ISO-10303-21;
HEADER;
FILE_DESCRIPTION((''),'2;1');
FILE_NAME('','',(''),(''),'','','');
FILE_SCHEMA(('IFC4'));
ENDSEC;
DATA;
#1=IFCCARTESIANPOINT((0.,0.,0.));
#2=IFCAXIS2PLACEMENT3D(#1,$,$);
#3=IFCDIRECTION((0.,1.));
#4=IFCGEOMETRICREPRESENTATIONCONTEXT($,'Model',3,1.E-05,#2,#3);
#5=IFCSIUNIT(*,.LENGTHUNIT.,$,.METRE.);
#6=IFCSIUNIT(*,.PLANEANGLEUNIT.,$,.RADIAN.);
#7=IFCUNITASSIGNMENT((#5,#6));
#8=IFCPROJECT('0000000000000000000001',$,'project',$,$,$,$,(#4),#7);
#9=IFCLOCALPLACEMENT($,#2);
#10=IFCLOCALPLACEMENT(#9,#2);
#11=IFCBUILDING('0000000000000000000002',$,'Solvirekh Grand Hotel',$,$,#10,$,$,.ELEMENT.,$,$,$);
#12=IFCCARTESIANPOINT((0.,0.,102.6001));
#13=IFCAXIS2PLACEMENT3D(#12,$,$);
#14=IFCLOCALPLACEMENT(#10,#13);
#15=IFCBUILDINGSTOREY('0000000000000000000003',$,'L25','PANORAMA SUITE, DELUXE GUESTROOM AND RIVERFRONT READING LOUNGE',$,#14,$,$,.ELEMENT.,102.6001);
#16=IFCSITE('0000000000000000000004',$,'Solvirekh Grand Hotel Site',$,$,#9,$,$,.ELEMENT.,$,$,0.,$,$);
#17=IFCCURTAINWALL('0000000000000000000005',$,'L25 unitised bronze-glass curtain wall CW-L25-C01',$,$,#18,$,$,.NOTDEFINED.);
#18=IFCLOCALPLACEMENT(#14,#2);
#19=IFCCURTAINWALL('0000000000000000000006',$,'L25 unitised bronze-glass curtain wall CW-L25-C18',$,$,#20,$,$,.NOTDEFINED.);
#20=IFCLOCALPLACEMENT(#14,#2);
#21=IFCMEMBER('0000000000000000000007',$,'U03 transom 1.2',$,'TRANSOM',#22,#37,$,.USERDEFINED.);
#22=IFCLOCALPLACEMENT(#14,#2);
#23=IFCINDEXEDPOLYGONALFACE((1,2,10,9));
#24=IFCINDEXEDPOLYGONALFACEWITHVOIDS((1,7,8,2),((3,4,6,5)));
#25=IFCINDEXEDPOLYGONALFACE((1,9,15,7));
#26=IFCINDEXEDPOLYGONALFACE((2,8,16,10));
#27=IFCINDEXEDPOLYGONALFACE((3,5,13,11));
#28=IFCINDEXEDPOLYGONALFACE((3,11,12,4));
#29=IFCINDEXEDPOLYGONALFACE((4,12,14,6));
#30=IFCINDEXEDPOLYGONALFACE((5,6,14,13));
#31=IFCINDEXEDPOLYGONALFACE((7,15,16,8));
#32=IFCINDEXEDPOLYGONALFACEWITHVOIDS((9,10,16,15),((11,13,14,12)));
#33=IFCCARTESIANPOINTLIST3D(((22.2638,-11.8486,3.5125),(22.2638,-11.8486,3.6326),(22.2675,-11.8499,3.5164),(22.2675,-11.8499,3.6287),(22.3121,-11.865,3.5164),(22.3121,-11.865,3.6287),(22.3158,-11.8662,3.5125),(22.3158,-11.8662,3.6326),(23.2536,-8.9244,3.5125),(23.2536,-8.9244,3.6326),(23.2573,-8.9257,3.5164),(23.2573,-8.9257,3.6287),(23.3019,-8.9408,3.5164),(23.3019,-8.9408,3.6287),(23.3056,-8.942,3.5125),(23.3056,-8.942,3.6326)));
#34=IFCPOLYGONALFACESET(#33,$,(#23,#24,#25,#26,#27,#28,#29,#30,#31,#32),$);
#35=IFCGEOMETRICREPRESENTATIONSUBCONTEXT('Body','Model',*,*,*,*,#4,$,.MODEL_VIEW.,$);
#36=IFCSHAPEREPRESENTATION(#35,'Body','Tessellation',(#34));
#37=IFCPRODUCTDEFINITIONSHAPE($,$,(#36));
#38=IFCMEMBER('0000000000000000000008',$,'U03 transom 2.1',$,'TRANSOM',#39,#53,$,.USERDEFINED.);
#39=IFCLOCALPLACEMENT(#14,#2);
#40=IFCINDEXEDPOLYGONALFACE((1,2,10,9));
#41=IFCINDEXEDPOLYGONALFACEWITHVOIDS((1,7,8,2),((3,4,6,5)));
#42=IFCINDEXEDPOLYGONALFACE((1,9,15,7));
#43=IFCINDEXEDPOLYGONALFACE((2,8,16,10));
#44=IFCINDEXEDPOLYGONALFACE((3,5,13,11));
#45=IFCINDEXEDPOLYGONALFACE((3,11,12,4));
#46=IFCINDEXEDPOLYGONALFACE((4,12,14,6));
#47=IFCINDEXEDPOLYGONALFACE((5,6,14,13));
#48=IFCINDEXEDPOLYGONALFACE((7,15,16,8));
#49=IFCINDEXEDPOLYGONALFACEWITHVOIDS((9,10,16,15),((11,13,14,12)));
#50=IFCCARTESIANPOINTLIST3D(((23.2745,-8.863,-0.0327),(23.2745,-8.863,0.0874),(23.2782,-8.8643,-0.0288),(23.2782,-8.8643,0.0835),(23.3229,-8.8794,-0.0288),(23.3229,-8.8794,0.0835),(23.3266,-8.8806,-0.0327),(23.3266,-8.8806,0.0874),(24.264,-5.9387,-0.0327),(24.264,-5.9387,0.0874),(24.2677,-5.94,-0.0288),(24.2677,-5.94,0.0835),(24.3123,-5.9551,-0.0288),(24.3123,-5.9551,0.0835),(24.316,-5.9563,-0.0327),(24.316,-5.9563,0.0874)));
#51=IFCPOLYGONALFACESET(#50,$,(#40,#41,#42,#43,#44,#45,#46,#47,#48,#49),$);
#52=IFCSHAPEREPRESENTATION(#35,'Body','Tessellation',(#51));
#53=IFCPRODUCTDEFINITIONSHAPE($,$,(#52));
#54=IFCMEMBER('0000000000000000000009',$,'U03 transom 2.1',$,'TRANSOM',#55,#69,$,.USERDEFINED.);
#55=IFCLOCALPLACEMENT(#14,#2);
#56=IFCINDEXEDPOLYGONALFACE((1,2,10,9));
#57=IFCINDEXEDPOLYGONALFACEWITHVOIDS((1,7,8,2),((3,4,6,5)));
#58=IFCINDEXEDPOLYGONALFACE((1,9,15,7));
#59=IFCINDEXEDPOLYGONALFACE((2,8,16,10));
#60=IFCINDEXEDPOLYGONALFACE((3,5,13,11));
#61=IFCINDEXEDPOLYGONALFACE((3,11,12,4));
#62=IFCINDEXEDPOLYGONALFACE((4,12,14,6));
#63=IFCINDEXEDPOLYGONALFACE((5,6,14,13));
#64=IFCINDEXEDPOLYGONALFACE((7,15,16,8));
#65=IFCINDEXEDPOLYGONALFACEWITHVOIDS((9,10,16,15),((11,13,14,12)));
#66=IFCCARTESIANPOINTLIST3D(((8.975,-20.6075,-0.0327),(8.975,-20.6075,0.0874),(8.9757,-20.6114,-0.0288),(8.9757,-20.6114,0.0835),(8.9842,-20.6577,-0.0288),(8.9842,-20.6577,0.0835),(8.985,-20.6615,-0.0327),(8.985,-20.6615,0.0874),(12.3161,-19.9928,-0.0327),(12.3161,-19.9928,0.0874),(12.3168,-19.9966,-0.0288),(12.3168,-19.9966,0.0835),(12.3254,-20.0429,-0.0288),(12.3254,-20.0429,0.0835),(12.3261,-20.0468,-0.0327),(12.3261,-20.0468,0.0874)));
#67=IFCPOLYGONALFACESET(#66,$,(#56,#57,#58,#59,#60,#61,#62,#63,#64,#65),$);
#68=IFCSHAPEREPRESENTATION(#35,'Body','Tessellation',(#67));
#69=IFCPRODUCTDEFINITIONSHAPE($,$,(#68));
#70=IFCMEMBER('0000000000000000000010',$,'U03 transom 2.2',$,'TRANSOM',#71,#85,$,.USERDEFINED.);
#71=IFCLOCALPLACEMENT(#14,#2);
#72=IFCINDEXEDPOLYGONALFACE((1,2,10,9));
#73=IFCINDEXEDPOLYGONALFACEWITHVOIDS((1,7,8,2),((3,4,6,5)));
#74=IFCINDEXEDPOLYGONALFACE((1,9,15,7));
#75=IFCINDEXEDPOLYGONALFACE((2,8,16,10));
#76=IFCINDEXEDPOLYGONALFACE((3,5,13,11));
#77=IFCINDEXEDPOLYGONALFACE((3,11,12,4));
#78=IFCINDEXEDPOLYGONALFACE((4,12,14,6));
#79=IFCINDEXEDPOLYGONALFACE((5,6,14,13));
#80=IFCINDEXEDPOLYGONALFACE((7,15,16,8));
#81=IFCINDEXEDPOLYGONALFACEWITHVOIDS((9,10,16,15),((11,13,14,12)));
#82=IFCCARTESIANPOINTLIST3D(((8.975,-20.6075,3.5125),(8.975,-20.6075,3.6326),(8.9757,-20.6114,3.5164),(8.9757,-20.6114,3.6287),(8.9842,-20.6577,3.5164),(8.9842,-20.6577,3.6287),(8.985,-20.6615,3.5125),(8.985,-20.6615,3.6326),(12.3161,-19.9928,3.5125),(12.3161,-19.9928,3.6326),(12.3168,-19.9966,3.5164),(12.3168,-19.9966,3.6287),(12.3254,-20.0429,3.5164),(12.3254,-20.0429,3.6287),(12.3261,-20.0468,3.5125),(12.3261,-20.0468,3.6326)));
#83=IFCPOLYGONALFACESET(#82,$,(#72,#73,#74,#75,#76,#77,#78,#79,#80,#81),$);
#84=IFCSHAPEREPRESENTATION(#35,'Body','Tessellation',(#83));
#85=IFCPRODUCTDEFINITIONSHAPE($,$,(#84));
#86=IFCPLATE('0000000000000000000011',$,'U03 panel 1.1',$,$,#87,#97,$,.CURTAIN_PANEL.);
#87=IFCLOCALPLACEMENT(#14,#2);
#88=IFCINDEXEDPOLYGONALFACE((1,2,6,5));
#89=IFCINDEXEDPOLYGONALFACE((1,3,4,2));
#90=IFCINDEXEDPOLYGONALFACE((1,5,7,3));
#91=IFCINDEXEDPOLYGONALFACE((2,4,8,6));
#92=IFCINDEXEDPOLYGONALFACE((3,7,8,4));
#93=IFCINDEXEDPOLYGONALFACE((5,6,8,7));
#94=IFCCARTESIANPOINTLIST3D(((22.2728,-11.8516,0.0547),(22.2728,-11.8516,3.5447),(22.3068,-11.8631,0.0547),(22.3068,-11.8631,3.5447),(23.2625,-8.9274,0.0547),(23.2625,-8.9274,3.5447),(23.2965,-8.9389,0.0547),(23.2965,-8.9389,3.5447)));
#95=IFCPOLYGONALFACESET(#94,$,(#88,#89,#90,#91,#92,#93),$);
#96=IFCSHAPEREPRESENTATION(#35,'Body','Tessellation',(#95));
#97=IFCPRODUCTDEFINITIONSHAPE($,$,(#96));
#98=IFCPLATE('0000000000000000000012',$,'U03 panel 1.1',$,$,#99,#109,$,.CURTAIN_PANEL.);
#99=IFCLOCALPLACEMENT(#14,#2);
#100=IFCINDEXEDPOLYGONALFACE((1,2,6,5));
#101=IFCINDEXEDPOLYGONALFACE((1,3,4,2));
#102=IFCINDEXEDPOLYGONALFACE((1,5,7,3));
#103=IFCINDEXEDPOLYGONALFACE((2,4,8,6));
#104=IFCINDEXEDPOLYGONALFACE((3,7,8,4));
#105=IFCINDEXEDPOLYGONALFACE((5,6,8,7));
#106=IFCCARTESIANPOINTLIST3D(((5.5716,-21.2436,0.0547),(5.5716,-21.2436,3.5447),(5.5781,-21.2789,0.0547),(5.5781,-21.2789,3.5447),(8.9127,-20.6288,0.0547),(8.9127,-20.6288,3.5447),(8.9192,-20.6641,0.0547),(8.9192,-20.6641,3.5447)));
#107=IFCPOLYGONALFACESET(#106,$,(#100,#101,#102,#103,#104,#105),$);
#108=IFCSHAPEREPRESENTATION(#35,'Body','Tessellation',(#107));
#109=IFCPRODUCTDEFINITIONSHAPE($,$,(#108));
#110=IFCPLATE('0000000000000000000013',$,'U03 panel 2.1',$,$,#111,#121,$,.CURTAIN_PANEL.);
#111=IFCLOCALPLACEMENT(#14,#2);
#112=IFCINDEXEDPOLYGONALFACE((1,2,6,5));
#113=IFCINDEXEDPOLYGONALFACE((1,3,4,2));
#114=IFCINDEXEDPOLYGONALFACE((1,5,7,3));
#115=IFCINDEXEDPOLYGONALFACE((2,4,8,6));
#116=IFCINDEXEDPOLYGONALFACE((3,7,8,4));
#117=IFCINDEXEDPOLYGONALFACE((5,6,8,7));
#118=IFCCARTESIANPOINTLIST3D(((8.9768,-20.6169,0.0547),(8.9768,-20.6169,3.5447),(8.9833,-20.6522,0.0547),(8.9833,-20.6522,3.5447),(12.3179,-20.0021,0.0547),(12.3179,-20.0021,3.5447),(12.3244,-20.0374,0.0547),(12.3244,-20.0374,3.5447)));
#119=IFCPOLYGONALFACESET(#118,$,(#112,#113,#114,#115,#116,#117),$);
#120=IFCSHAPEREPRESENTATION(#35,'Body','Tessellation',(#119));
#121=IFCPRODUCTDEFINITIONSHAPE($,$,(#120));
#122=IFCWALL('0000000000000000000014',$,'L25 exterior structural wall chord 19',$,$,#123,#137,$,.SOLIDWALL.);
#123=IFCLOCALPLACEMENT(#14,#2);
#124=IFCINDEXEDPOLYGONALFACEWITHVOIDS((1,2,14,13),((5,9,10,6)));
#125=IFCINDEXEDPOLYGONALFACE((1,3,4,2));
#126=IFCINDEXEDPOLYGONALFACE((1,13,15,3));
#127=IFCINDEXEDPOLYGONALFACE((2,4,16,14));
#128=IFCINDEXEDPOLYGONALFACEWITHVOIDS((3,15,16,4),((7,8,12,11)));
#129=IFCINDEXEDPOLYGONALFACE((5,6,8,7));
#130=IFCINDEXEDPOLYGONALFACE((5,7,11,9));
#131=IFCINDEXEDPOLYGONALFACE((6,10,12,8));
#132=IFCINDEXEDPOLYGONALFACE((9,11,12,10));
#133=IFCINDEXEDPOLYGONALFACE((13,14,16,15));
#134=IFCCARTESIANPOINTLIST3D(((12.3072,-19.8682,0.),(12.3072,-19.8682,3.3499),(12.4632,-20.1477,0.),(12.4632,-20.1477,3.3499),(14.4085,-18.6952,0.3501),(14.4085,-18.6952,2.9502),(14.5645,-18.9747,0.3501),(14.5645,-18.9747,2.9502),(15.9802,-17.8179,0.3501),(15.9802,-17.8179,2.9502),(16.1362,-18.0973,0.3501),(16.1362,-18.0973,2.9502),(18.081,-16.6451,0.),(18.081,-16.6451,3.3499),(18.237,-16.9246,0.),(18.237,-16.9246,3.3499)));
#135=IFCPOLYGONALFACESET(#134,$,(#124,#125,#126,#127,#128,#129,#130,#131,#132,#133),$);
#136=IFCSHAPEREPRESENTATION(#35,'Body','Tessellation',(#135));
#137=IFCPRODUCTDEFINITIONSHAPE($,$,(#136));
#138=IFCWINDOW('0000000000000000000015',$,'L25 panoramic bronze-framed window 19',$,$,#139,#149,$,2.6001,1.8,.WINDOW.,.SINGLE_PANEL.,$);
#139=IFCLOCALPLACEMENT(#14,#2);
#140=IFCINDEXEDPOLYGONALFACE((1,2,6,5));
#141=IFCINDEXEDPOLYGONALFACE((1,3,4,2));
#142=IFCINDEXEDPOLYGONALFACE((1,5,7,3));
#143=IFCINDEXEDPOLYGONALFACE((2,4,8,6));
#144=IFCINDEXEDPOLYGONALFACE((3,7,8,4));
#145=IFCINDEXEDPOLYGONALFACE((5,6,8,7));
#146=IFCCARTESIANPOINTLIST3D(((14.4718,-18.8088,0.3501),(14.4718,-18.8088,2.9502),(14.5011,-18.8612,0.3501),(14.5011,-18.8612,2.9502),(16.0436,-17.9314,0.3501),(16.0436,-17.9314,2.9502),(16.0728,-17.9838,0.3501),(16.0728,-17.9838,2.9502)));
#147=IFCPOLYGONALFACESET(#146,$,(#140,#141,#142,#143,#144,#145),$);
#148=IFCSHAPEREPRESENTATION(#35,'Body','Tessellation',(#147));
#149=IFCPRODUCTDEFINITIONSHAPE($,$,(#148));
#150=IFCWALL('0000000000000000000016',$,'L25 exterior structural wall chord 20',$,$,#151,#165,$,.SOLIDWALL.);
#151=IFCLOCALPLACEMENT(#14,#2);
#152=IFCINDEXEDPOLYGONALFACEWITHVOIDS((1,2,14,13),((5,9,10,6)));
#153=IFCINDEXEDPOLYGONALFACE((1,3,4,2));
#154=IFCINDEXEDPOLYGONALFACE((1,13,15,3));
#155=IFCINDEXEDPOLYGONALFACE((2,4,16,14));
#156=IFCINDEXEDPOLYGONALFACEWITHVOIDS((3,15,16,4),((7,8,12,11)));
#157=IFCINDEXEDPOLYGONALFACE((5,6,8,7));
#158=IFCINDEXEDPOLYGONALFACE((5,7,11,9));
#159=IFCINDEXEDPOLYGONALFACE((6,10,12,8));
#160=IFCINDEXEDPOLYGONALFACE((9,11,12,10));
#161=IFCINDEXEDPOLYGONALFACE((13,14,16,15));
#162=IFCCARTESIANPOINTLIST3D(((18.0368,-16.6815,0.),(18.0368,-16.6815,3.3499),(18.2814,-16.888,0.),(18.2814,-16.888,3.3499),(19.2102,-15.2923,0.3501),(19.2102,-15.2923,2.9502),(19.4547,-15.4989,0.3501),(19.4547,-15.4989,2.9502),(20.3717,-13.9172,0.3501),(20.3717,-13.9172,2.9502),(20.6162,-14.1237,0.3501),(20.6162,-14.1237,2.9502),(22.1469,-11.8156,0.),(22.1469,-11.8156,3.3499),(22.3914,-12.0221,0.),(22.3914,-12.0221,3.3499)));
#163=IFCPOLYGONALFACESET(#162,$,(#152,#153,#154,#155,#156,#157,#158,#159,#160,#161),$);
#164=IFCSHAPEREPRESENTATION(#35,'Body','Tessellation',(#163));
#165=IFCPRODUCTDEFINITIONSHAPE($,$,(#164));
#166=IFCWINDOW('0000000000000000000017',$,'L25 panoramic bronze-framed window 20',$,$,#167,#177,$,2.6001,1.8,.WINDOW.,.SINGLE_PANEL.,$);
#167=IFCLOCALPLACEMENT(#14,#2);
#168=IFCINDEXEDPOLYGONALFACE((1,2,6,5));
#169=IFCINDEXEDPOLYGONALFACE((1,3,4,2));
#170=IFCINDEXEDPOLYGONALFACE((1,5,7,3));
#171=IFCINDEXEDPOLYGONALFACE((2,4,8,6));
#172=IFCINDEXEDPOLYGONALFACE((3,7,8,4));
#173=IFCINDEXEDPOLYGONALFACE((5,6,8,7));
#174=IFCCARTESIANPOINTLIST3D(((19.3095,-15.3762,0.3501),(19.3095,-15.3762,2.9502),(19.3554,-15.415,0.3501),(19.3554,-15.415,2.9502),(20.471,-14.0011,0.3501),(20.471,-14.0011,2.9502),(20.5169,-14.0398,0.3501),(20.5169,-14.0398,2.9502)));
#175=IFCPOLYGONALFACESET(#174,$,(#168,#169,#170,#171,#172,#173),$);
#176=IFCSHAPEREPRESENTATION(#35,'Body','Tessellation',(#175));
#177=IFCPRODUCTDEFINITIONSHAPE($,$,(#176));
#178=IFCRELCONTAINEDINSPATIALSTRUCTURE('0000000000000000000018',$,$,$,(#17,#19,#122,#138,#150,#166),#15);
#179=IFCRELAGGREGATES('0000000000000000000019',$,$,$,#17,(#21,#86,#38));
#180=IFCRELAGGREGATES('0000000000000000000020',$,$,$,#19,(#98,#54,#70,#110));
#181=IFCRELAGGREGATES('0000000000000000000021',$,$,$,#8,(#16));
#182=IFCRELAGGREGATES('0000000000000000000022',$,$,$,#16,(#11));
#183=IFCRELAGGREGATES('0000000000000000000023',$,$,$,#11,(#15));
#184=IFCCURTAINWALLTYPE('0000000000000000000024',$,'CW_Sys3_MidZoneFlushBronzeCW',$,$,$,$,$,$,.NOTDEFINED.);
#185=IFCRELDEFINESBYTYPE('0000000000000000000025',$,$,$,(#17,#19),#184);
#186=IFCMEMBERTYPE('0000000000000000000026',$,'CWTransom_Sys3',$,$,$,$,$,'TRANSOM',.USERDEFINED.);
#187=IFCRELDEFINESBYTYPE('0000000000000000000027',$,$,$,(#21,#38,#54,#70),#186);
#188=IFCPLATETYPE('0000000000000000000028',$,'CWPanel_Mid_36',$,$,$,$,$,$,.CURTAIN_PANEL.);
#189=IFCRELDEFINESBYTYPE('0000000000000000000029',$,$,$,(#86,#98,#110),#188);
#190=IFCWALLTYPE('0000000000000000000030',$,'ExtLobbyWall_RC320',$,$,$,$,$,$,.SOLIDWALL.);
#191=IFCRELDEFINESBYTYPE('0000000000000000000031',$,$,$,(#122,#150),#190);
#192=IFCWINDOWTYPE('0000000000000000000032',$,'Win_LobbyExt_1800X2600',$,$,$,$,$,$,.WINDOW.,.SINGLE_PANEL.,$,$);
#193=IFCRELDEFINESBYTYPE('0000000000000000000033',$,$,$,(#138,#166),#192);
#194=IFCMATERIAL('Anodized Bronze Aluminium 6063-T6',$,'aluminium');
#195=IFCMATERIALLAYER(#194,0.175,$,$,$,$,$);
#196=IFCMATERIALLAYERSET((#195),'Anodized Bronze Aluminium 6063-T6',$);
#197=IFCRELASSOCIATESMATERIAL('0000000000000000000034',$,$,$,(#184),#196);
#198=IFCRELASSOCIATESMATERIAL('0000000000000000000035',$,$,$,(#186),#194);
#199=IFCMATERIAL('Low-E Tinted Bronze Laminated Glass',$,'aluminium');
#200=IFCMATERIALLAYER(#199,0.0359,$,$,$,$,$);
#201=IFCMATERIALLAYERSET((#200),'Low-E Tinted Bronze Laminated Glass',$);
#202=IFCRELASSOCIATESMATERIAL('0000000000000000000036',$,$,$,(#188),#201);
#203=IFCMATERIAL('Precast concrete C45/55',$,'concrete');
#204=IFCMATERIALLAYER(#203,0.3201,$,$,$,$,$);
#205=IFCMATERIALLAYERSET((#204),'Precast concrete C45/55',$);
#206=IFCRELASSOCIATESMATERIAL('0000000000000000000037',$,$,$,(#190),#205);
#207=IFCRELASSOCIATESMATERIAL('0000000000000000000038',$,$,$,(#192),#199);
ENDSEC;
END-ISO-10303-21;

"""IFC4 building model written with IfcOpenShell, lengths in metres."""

from ifc_helpers import new_model, si_unit, direction, frame, frame_2d, origin, origin_2d, place, context, subcontext, project, spatial, rectangle, hollow_rectangle, extrude, source, transform, mapped, material, layer, layer_set, material_profile, profile_set, type_object, element, fill, aggregate, save


model = new_model("IFC4")

# Units and contexts
model_context = context("Model", 3, precision=1e-05, world=origin(), true_north=direction((0.0, 1.0)))
body_context = subcontext(model_context, "Body", "Model", "MODEL_VIEW")
ifc_project = project(units=[si_unit("LENGTHUNIT", "METRE"), si_unit("PLANEANGLEUNIT", "RADIAN")], contexts=[model_context])

# Site, building, storey
site_placement = place(None, origin())
site = spatial("IfcSite", under=ifc_project, at=site_placement, Name="Solvirekh Grand Hotel Site", CompositionType="ELEMENT", RefElevation=0.0)
building_placement = place(site_placement, origin())
building = spatial("IfcBuilding", under=site, at=building_placement, Name="Solvirekh Grand Hotel", CompositionType="ELEMENT")
storey_placement = place(building_placement, frame((0.0, 0.0, 102.6001)))
storey = spatial("IfcBuildingStorey", under=building, at=storey_placement, Name="L25", Description="PANORAMA SUITE, DELUXE GUESTROOM AND RIVERFRONT READING LOUNGE", CompositionType="ELEMENT", Elevation=102.6001)

# Curtain walls
ifc_material_1 = material(Name="Anodized Bronze Aluminium 6063-T6", Category="aluminium")
ifc_layer_1 = layer(ifc_material_1, 0.175)
ifc_layer_set_1 = layer_set([ifc_layer_1], Name="Anodized Bronze Aluminium 6063-T6")
curtain_wall_type = type_object("IfcCurtainWallType", Name="CW_Sys3_MidZoneFlushBronzeCW", PredefinedType="NOTDEFINED", material=ifc_layer_set_1)
curtain_wall_1_placement = place(storey_placement, origin())
curtain_wall_1 = element("IfcCurtainWall", 1, at=curtain_wall_1_placement, inside=storey, type_object=curtain_wall_type, Name="L25 unitised bronze-glass curtain wall CW-L25-C01", PredefinedType="NOTDEFINED")
curtain_wall_2_placement = place(storey_placement, origin())
curtain_wall_2 = element("IfcCurtainWall", 2, at=curtain_wall_2_placement, inside=storey, type_object=curtain_wall_type, Name="L25 unitised bronze-glass curtain wall CW-L25-C18", PredefinedType="NOTDEFINED")

# Members
ifc_material_profile_1 = material_profile(ifc_material_1, hollow_rectangle(XDim=0.0549, YDim=0.1201, WallThickness=0.0039, at=origin_2d()), Name="ALU RHS 120X55X4")
ifc_profile_set_1 = profile_set([ifc_material_profile_1], Name="Anodized Bronze Aluminium 6063-T6")
member_type_1 = type_object("IfcMemberType", Name="CWTransom_Sys3", ElementType="TRANSOM", PredefinedType="USERDEFINED", material=ifc_profile_set_1)
shared_shape_1 = source(origin(), body_context, "Body", "SweptSolid", [
    extrude(hollow_rectangle(XDim=0.0549, YDim=0.1201, WallThickness=0.0039, at=origin_2d()), origin(), (0.0, 0.0, 1.0), 3.0872),
])
member_1_placement = place(storey_placement, frame((22.2898, -11.8574, 3.5725), z_axis=(0.320614, 0.94721, 0.0), x_axis=(-0.94721, 0.320614, 0.0)))
member_1 = element("IfcMember", 3, at=member_1_placement, type_object=member_type_1, Name="U03 transom 1.2", ObjectType="TRANSOM", PredefinedType="USERDEFINED", context=body_context, shape_type="MappedRepresentation", body=[
    mapped(shared_shape_1, transform((0.0, 0.0, 0.0), x_axis=(1.0, 0.0, 0.0), y_axis=(0.0, 1.0, 0.0), z_axis=(0.0, 0.0, 1.0), scale=1.0)),
])
member_2_placement = place(storey_placement, frame((23.3005, -8.8718, 0.0273), z_axis=(0.320519, 0.947242, 0.0), x_axis=(-0.947242, 0.320519, 0.0)))
member_2 = element("IfcMember", 4, at=member_2_placement, type_object=member_type_1, Name="U03 transom 2.1", ObjectType="TRANSOM", PredefinedType="USERDEFINED", context=body_context, shape_type="MappedRepresentation", body=[
    mapped(shared_shape_1, transform((0.0, 0.0, 0.0), x_axis=(1.0, 0.0, 0.0), y_axis=(0.0, 1.0, 0.0), z_axis=(0.0, 0.0, 1.0), scale=1.0)),
])
shared_shape_2 = source(origin(), body_context, "Body", "SweptSolid", [
    extrude(hollow_rectangle(XDim=0.0549, YDim=0.1201, WallThickness=0.0039, at=origin_2d()), origin(), (0.0, 0.0, 1.0), 3.3972),
])
member_3_placement = place(storey_placement, frame((8.98, -20.6345, 0.0273), z_axis=(0.983491, 0.180959, 0.0), x_axis=(-0.180959, 0.983491, 0.0)))
member_3 = element("IfcMember", 5, at=member_3_placement, type_object=member_type_1, Name="U03 transom 2.1", ObjectType="TRANSOM", PredefinedType="USERDEFINED", context=body_context, shape_type="MappedRepresentation", body=[
    mapped(shared_shape_2, transform((0.0, 0.0, 0.0), x_axis=(1.0, 0.0, 0.0), y_axis=(0.0, 1.0, 0.0), z_axis=(0.0, 0.0, 1.0), scale=1.0)),
])
member_4_placement = place(storey_placement, frame((8.98, -20.6345, 3.5725), z_axis=(0.983491, 0.180959, 0.0), x_axis=(-0.180959, 0.983491, 0.0)))
member_4 = element("IfcMember", 6, at=member_4_placement, type_object=member_type_1, Name="U03 transom 2.2", ObjectType="TRANSOM", PredefinedType="USERDEFINED", context=body_context, shape_type="MappedRepresentation", body=[
    mapped(shared_shape_2, transform((0.0, 0.0, 0.0), x_axis=(1.0, 0.0, 0.0), y_axis=(0.0, 1.0, 0.0), z_axis=(0.0, 0.0, 1.0), scale=1.0)),
])

# Plates
ifc_material_2 = material(Name="Low-E Tinted Bronze Laminated Glass", Category="aluminium")
ifc_layer_2 = layer(ifc_material_2, 0.0359)
ifc_layer_set_2 = layer_set([ifc_layer_2], Name="Low-E Tinted Bronze Laminated Glass")
plate_type = type_object("IfcPlateType", Name="CWPanel_Mid_36", PredefinedType="CURTAIN_PANEL", material=ifc_layer_set_2)
shared_shape_3 = source(origin(), body_context, "Body", "SweptSolid", [
    extrude(rectangle(XDim=3.0872, YDim=0.0359, at=origin_2d()), origin(), (0.0, 0.0, 1.0), 3.49),
])
plate_1_placement = place(storey_placement, frame((22.7847, -10.3953, 0.0547), z_axis=(0.0, 0.0, 1.0), x_axis=(0.320605, 0.947213, 0.0)))
plate_1 = element("IfcPlate", 7, at=plate_1_placement, type_object=plate_type, Name="U03 panel 1.1", PredefinedType="CURTAIN_PANEL", context=body_context, shape_type="MappedRepresentation", body=[
    mapped(shared_shape_3, transform((0.0, 0.0, 0.0), x_axis=(1.0, 0.0, 0.0), y_axis=(0.0, 1.0, 0.0), z_axis=(0.0, 0.0, 1.0), scale=1.0)),
])
aggregate(curtain_wall_1, [member_1, plate_1, member_2])
shared_shape_4 = source(origin(), body_context, "Body", "SweptSolid", [
    extrude(rectangle(XDim=3.3972, YDim=0.0359, at=origin_2d()), origin(), (0.0, 0.0, 1.0), 3.49),
])
plate_2_placement = place(storey_placement, frame((7.2454, -20.9539, 0.0547), z_axis=(0.0, 0.0, 1.0), x_axis=(0.983485, 0.180988, 0.0)))
plate_2 = element("IfcPlate", 8, at=plate_2_placement, type_object=plate_type, Name="U03 panel 1.1", PredefinedType="CURTAIN_PANEL", context=body_context, shape_type="MappedRepresentation", body=[
    mapped(shared_shape_4, transform((0.0, 0.0, 0.0), x_axis=(1.0, 0.0, 0.0), y_axis=(0.0, 1.0, 0.0), z_axis=(0.0, 0.0, 1.0), scale=1.0)),
])
plate_3_placement = place(storey_placement, frame((10.6506, -20.3271, 0.0547), z_axis=(0.0, 0.0, 1.0), x_axis=(0.983485, 0.180988, 0.0)))
plate_3 = element("IfcPlate", 9, at=plate_3_placement, type_object=plate_type, Name="U03 panel 2.1", PredefinedType="CURTAIN_PANEL", context=body_context, shape_type="MappedRepresentation", body=[
    mapped(shared_shape_4, transform((0.0, 0.0, 0.0), x_axis=(1.0, 0.0, 0.0), y_axis=(0.0, 1.0, 0.0), z_axis=(0.0, 0.0, 1.0), scale=1.0)),
])
aggregate(curtain_wall_2, [plate_2, member_3, member_4, plate_3])

# Walls, openings, windows
ifc_material_3 = material(Name="Precast concrete C45/55", Category="concrete")
ifc_layer_3 = layer(ifc_material_3, 0.3201)
ifc_layer_set_3 = layer_set([ifc_layer_3], Name="Precast concrete C45/55")
wall_type = type_object("IfcWallType", Name="ExtLobbyWall_RC320", PredefinedType="SOLIDWALL", material=ifc_layer_set_3)
wall_1_placement = place(storey_placement, frame((18.1589, -16.7849, 0.0), z_axis=(0.0, 0.0, 1.0), x_axis=(-0.873166, -0.487422, 0.0)))
wall_1 = element("IfcWall", 10, at=wall_1_placement, inside=storey, type_object=wall_type, Name="L25 exterior structural wall chord 19", PredefinedType="SOLIDWALL", context=body_context, shape_type="SweptSolid", body=[
    extrude(rectangle(XDim=6.6125, YDim=0.3201, at=frame_2d((3.3062, 0.0))), origin(), (0.0, 0.0, 1.0), 3.3499),
])
opening_1_placement = place(wall_1_placement, frame((2.406, 0.0, 0.3501)))
opening_1 = element("IfcOpeningElement", 11, at=opening_1_placement, cuts=wall_1, PredefinedType="OPENING", context=body_context, shape_type="SweptSolid", body=[
    extrude(rectangle(XDim=1.8, YDim=2.6001, at=frame_2d((0.8999, 1.3))), frame((0.0, 0.1699, 0.0), z_axis=(0.0, -1.0, 0.0), x_axis=(1.0, 0.0, 0.0)), (0.0, 0.0, 1.0), 0.3401),
])
window_type = type_object("IfcWindowType", Name="Win_LobbyExt_1800X2600", PartitioningType="SINGLE_PANEL", PredefinedType="WINDOW", material=ifc_material_2)
window_1_placement = place(opening_1_placement, origin())
window_1 = element("IfcWindow", 12, at=window_1_placement, inside=storey, type_object=window_type, Name="L25 panoramic bronze-framed window 19", OverallHeight=2.6001, OverallWidth=1.8, PartitioningType="SINGLE_PANEL", PredefinedType="WINDOW", context=body_context, shape_type="SweptSolid", body=[
    extrude(rectangle(XDim=1.8, YDim=2.6001, at=frame_2d((0.8999, 1.3))), frame((0.0, 0.03, 0.0), z_axis=(0.0, -1.0, 0.0), x_axis=(1.0, 0.0, 0.0)), (0.0, 0.0, 1.0), 0.0601),
])
fill(opening_1, window_1)
wall_2_placement = place(storey_placement, frame((22.269, -11.9189, 0.0), z_axis=(0.0, 0.0, 1.0), x_axis=(-0.645279, -0.763947, 0.0)))
wall_2 = element("IfcWall", 13, at=wall_2_placement, inside=storey, type_object=wall_type, Name="L25 exterior structural wall chord 20", PredefinedType="SOLIDWALL", context=body_context, shape_type="SweptSolid", body=[
    extrude(rectangle(XDim=6.3694, YDim=0.3201, at=frame_2d((3.1846, 0.0))), origin(), (0.0, 0.0, 1.0), 3.3499),
])
opening_2_placement = place(wall_2_placement, frame((2.751, 0.0, 0.3501)))
opening_2 = element("IfcOpeningElement", 14, at=opening_2_placement, cuts=wall_2, PredefinedType="OPENING", context=body_context, shape_type="SweptSolid", body=[
    extrude(rectangle(XDim=1.8, YDim=2.6001, at=frame_2d((0.8999, 1.3))), frame((0.0, 0.1699, 0.0), z_axis=(0.0, -1.0, 0.0), x_axis=(1.0, 0.0, 0.0)), (0.0, 0.0, 1.0), 0.3401),
])
window_2_placement = place(opening_2_placement, origin())
window_2 = element("IfcWindow", 15, at=window_2_placement, inside=storey, type_object=window_type, Name="L25 panoramic bronze-framed window 20", OverallHeight=2.6001, OverallWidth=1.8, PartitioningType="SINGLE_PANEL", PredefinedType="WINDOW", context=body_context, shape_type="SweptSolid", body=[
    extrude(rectangle(XDim=1.8, YDim=2.6001, at=frame_2d((0.8999, 1.3))), frame((0.0, 0.03, 0.0), z_axis=(0.0, -1.0, 0.0), x_axis=(1.0, 0.0, 0.0)), (0.0, 0.0, 1.0), 0.0601),
])
fill(opening_2, window_2)

save(model, "model.ifc")
